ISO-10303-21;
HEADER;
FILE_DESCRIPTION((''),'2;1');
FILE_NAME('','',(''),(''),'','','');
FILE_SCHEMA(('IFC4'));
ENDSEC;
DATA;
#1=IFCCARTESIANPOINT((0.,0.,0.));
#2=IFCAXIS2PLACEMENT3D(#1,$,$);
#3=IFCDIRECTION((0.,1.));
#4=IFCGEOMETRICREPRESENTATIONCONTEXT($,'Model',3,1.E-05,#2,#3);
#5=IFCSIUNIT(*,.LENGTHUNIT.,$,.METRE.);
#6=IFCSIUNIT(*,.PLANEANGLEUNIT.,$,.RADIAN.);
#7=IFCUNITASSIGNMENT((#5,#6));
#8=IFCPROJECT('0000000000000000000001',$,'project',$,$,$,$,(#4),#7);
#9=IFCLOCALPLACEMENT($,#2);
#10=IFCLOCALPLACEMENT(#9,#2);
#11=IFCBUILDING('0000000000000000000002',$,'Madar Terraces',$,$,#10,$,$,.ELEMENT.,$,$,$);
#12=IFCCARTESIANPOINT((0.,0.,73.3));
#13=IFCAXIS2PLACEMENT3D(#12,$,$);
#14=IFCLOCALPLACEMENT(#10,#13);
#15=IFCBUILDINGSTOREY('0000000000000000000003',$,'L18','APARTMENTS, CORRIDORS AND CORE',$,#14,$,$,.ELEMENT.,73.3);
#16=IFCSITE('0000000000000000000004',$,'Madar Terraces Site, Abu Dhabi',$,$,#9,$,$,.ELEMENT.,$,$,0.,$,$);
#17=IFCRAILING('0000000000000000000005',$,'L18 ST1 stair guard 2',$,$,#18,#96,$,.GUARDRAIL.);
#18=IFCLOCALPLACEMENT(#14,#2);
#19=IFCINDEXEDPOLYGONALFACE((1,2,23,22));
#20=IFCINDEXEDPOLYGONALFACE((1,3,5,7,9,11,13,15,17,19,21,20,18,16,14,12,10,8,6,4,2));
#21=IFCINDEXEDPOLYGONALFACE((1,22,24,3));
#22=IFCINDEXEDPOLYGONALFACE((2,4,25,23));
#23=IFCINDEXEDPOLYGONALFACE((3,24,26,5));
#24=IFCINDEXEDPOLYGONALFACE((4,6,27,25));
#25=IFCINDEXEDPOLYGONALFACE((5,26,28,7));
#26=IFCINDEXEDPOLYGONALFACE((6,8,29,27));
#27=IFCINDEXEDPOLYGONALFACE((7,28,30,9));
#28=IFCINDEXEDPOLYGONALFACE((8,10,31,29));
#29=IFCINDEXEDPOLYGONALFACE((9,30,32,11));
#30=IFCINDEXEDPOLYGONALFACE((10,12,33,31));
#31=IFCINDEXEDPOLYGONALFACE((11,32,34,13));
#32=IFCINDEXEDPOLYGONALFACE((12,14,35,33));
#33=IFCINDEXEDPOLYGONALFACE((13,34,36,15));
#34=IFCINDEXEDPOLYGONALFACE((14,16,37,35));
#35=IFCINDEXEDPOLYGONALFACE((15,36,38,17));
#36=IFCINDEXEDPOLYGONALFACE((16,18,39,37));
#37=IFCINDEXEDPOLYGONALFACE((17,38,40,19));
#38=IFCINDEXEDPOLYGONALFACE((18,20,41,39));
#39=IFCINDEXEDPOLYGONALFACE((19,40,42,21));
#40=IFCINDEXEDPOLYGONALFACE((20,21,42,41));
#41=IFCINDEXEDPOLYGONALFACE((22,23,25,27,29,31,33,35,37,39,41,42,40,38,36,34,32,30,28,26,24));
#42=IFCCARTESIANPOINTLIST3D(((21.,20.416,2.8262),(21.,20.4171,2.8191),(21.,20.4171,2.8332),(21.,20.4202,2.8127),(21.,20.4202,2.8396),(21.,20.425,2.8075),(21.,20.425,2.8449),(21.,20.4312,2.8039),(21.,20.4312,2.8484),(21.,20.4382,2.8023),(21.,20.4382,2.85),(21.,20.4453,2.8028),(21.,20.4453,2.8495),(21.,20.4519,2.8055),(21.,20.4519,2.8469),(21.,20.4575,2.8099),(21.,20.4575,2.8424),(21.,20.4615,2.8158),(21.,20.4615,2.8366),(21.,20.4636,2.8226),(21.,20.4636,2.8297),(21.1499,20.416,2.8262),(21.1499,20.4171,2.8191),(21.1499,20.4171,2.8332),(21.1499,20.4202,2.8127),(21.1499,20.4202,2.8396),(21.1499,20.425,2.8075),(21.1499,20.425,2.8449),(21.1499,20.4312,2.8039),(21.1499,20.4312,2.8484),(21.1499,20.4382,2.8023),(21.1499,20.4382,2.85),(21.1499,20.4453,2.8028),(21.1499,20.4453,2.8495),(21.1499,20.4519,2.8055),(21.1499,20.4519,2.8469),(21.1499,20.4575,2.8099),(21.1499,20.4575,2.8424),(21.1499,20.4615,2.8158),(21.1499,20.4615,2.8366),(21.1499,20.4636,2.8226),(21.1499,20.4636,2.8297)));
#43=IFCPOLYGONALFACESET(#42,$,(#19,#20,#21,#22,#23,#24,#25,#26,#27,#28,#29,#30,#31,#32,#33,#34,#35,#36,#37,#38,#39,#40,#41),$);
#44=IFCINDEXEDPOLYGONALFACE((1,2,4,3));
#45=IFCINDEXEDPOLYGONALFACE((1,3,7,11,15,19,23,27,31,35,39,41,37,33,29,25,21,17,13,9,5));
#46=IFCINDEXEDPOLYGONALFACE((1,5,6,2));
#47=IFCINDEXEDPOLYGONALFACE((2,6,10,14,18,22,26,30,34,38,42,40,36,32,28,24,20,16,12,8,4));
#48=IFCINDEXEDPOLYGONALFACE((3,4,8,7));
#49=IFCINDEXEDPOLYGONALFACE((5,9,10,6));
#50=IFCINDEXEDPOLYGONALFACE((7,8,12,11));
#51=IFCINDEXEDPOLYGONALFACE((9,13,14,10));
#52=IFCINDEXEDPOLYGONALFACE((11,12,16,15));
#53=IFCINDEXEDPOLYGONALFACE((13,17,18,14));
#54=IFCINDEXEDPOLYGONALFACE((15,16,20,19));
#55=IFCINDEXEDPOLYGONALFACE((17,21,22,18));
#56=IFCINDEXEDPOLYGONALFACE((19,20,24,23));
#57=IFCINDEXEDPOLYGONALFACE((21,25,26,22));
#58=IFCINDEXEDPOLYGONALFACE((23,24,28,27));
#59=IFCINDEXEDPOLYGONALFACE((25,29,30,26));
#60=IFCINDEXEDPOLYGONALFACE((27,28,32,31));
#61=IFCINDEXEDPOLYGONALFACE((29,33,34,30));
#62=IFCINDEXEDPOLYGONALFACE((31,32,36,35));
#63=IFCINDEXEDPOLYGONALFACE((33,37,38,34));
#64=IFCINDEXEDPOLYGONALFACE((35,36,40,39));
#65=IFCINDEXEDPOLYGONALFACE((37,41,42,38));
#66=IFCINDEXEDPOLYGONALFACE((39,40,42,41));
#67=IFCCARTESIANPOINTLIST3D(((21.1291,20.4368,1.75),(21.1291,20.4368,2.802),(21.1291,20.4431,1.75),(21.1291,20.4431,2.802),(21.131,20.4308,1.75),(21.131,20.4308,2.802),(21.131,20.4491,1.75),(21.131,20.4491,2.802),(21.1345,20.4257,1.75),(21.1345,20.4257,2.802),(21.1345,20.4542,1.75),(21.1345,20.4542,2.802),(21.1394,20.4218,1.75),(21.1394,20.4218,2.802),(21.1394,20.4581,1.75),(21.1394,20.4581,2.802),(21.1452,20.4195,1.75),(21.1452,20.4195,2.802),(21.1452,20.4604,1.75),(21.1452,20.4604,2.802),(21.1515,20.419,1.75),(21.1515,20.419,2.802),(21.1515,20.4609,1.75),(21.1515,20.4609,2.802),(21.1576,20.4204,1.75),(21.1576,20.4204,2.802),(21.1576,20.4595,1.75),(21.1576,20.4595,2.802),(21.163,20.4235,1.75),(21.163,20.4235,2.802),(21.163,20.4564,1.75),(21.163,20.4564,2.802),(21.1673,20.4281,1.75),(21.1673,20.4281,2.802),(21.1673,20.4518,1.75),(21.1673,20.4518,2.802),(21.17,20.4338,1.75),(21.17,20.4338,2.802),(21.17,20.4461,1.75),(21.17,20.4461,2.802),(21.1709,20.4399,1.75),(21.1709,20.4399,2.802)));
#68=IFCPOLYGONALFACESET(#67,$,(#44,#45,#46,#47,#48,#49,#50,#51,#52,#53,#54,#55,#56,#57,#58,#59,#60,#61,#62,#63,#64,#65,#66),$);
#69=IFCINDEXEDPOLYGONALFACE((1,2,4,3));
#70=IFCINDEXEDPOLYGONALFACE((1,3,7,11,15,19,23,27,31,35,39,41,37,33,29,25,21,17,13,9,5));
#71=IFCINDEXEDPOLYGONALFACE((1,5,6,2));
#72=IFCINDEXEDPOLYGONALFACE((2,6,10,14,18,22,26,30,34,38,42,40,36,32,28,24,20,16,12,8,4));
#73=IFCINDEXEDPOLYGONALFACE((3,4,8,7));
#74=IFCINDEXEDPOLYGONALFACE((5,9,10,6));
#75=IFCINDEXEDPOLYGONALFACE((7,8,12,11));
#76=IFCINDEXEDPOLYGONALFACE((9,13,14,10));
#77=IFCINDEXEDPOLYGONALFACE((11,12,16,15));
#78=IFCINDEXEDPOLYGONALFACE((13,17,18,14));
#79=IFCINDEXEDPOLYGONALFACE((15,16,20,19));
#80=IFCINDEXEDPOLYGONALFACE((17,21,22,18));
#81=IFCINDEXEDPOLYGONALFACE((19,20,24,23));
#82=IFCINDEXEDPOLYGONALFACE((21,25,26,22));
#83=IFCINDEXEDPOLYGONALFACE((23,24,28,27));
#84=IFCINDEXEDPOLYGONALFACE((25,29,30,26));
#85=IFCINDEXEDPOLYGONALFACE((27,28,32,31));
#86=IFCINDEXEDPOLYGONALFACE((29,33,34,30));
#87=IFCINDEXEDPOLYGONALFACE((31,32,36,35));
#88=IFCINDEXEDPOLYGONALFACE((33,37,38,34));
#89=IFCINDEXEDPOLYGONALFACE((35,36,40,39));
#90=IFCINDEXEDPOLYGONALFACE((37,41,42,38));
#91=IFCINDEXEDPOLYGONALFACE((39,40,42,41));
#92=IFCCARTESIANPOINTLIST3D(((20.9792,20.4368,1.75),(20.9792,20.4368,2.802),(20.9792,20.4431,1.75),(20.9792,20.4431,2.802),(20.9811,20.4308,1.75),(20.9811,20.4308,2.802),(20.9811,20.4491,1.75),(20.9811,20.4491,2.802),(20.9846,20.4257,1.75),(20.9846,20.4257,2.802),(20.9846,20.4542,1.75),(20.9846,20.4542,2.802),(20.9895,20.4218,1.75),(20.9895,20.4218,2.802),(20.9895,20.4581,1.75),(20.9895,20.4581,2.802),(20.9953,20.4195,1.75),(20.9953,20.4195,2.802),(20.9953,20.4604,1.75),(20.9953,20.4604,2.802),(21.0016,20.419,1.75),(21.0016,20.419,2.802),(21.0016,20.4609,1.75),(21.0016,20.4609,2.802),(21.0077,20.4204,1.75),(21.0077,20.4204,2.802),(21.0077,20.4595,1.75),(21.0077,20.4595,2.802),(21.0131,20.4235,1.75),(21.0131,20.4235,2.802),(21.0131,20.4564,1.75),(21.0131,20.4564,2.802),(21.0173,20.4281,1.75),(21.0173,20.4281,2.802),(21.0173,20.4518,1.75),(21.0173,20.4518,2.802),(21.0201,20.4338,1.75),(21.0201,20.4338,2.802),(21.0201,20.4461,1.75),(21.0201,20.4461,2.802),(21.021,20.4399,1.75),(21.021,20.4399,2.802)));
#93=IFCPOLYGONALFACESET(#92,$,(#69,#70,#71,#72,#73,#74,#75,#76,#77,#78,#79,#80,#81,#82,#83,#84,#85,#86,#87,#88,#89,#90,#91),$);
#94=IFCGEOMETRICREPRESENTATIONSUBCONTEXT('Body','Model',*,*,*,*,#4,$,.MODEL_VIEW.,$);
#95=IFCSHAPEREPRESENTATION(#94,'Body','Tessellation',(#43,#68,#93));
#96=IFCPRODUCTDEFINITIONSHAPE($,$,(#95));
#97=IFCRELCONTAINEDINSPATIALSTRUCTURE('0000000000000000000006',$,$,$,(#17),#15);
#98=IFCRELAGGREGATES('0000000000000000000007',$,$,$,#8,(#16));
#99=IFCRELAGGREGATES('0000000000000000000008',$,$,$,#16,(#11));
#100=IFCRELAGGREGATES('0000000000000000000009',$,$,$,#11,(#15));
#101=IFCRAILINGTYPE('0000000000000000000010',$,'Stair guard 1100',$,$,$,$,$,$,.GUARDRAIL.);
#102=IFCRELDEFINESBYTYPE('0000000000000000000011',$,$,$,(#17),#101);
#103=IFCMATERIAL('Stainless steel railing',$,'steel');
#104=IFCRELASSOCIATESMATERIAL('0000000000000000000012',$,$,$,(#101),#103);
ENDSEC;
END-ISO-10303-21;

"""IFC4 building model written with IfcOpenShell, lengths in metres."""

from ifc_helpers import new_model, si_unit, direction, frame, origin, origin_2d, place, context, subcontext, project, spatial, circle, extrude, material, type_object, element, save


model = new_model("IFC4")

# Units and contexts
model_context = context("Model", 3, precision=1e-05, world=origin(), true_north=direction((0.0, 1.0)))
body_context = subcontext(model_context, "Body", "Model", "MODEL_VIEW")
ifc_project = project(units=[si_unit("LENGTHUNIT", "METRE"), si_unit("PLANEANGLEUNIT", "RADIAN")], contexts=[model_context])

# Site, building, storey
site_placement = place(None, origin())
site = spatial("IfcSite", under=ifc_project, at=site_placement, Name="Madar Terraces Site, Abu Dhabi", CompositionType="ELEMENT", RefElevation=0.0)
building_placement = place(site_placement, origin())
building = spatial("IfcBuilding", under=site, at=building_placement, Name="Madar Terraces", CompositionType="ELEMENT")
storey_placement = place(building_placement, frame((0.0, 0.0, 73.3)))
storey = spatial("IfcBuildingStorey", under=building, at=storey_placement, Name="L18", Description="APARTMENTS, CORRIDORS AND CORE", CompositionType="ELEMENT", Elevation=73.3)

# Railing
ifc_material_1 = material(Name="Stainless steel railing", Category="steel")
railing_type_1 = type_object("IfcRailingType", Name="Stair guard 1100", PredefinedType="GUARDRAIL", material=ifc_material_1)
railing_1_placement = place(storey_placement, frame((21.1499, 20.4399, 1.75)))
element("IfcRailing", 1, at=railing_1_placement, inside=storey, type_object=railing_type_1, Name="L18 ST1 stair guard 2", PredefinedType="GUARDRAIL", context=body_context, shape_type="SweptSolid", body=[
    extrude(circle(Radius=0.0239, at=origin_2d()), frame((0.0, 0.0, 1.0762), z_axis=(-1.0, 0.0, 0.0), x_axis=(0.0, -1.0, 0.0)), (0.0, 0.0, 1.0), 0.1499),
    extrude(circle(Radius=0.021, at=origin_2d()), origin(), (0.0, 0.0, 1.0), 1.052),
    extrude(circle(Radius=0.021, at=origin_2d()), frame((-0.1499, 0.0, 0.0)), (0.0, 0.0, 1.0), 1.052),
])

save(model, "model.ifc")
